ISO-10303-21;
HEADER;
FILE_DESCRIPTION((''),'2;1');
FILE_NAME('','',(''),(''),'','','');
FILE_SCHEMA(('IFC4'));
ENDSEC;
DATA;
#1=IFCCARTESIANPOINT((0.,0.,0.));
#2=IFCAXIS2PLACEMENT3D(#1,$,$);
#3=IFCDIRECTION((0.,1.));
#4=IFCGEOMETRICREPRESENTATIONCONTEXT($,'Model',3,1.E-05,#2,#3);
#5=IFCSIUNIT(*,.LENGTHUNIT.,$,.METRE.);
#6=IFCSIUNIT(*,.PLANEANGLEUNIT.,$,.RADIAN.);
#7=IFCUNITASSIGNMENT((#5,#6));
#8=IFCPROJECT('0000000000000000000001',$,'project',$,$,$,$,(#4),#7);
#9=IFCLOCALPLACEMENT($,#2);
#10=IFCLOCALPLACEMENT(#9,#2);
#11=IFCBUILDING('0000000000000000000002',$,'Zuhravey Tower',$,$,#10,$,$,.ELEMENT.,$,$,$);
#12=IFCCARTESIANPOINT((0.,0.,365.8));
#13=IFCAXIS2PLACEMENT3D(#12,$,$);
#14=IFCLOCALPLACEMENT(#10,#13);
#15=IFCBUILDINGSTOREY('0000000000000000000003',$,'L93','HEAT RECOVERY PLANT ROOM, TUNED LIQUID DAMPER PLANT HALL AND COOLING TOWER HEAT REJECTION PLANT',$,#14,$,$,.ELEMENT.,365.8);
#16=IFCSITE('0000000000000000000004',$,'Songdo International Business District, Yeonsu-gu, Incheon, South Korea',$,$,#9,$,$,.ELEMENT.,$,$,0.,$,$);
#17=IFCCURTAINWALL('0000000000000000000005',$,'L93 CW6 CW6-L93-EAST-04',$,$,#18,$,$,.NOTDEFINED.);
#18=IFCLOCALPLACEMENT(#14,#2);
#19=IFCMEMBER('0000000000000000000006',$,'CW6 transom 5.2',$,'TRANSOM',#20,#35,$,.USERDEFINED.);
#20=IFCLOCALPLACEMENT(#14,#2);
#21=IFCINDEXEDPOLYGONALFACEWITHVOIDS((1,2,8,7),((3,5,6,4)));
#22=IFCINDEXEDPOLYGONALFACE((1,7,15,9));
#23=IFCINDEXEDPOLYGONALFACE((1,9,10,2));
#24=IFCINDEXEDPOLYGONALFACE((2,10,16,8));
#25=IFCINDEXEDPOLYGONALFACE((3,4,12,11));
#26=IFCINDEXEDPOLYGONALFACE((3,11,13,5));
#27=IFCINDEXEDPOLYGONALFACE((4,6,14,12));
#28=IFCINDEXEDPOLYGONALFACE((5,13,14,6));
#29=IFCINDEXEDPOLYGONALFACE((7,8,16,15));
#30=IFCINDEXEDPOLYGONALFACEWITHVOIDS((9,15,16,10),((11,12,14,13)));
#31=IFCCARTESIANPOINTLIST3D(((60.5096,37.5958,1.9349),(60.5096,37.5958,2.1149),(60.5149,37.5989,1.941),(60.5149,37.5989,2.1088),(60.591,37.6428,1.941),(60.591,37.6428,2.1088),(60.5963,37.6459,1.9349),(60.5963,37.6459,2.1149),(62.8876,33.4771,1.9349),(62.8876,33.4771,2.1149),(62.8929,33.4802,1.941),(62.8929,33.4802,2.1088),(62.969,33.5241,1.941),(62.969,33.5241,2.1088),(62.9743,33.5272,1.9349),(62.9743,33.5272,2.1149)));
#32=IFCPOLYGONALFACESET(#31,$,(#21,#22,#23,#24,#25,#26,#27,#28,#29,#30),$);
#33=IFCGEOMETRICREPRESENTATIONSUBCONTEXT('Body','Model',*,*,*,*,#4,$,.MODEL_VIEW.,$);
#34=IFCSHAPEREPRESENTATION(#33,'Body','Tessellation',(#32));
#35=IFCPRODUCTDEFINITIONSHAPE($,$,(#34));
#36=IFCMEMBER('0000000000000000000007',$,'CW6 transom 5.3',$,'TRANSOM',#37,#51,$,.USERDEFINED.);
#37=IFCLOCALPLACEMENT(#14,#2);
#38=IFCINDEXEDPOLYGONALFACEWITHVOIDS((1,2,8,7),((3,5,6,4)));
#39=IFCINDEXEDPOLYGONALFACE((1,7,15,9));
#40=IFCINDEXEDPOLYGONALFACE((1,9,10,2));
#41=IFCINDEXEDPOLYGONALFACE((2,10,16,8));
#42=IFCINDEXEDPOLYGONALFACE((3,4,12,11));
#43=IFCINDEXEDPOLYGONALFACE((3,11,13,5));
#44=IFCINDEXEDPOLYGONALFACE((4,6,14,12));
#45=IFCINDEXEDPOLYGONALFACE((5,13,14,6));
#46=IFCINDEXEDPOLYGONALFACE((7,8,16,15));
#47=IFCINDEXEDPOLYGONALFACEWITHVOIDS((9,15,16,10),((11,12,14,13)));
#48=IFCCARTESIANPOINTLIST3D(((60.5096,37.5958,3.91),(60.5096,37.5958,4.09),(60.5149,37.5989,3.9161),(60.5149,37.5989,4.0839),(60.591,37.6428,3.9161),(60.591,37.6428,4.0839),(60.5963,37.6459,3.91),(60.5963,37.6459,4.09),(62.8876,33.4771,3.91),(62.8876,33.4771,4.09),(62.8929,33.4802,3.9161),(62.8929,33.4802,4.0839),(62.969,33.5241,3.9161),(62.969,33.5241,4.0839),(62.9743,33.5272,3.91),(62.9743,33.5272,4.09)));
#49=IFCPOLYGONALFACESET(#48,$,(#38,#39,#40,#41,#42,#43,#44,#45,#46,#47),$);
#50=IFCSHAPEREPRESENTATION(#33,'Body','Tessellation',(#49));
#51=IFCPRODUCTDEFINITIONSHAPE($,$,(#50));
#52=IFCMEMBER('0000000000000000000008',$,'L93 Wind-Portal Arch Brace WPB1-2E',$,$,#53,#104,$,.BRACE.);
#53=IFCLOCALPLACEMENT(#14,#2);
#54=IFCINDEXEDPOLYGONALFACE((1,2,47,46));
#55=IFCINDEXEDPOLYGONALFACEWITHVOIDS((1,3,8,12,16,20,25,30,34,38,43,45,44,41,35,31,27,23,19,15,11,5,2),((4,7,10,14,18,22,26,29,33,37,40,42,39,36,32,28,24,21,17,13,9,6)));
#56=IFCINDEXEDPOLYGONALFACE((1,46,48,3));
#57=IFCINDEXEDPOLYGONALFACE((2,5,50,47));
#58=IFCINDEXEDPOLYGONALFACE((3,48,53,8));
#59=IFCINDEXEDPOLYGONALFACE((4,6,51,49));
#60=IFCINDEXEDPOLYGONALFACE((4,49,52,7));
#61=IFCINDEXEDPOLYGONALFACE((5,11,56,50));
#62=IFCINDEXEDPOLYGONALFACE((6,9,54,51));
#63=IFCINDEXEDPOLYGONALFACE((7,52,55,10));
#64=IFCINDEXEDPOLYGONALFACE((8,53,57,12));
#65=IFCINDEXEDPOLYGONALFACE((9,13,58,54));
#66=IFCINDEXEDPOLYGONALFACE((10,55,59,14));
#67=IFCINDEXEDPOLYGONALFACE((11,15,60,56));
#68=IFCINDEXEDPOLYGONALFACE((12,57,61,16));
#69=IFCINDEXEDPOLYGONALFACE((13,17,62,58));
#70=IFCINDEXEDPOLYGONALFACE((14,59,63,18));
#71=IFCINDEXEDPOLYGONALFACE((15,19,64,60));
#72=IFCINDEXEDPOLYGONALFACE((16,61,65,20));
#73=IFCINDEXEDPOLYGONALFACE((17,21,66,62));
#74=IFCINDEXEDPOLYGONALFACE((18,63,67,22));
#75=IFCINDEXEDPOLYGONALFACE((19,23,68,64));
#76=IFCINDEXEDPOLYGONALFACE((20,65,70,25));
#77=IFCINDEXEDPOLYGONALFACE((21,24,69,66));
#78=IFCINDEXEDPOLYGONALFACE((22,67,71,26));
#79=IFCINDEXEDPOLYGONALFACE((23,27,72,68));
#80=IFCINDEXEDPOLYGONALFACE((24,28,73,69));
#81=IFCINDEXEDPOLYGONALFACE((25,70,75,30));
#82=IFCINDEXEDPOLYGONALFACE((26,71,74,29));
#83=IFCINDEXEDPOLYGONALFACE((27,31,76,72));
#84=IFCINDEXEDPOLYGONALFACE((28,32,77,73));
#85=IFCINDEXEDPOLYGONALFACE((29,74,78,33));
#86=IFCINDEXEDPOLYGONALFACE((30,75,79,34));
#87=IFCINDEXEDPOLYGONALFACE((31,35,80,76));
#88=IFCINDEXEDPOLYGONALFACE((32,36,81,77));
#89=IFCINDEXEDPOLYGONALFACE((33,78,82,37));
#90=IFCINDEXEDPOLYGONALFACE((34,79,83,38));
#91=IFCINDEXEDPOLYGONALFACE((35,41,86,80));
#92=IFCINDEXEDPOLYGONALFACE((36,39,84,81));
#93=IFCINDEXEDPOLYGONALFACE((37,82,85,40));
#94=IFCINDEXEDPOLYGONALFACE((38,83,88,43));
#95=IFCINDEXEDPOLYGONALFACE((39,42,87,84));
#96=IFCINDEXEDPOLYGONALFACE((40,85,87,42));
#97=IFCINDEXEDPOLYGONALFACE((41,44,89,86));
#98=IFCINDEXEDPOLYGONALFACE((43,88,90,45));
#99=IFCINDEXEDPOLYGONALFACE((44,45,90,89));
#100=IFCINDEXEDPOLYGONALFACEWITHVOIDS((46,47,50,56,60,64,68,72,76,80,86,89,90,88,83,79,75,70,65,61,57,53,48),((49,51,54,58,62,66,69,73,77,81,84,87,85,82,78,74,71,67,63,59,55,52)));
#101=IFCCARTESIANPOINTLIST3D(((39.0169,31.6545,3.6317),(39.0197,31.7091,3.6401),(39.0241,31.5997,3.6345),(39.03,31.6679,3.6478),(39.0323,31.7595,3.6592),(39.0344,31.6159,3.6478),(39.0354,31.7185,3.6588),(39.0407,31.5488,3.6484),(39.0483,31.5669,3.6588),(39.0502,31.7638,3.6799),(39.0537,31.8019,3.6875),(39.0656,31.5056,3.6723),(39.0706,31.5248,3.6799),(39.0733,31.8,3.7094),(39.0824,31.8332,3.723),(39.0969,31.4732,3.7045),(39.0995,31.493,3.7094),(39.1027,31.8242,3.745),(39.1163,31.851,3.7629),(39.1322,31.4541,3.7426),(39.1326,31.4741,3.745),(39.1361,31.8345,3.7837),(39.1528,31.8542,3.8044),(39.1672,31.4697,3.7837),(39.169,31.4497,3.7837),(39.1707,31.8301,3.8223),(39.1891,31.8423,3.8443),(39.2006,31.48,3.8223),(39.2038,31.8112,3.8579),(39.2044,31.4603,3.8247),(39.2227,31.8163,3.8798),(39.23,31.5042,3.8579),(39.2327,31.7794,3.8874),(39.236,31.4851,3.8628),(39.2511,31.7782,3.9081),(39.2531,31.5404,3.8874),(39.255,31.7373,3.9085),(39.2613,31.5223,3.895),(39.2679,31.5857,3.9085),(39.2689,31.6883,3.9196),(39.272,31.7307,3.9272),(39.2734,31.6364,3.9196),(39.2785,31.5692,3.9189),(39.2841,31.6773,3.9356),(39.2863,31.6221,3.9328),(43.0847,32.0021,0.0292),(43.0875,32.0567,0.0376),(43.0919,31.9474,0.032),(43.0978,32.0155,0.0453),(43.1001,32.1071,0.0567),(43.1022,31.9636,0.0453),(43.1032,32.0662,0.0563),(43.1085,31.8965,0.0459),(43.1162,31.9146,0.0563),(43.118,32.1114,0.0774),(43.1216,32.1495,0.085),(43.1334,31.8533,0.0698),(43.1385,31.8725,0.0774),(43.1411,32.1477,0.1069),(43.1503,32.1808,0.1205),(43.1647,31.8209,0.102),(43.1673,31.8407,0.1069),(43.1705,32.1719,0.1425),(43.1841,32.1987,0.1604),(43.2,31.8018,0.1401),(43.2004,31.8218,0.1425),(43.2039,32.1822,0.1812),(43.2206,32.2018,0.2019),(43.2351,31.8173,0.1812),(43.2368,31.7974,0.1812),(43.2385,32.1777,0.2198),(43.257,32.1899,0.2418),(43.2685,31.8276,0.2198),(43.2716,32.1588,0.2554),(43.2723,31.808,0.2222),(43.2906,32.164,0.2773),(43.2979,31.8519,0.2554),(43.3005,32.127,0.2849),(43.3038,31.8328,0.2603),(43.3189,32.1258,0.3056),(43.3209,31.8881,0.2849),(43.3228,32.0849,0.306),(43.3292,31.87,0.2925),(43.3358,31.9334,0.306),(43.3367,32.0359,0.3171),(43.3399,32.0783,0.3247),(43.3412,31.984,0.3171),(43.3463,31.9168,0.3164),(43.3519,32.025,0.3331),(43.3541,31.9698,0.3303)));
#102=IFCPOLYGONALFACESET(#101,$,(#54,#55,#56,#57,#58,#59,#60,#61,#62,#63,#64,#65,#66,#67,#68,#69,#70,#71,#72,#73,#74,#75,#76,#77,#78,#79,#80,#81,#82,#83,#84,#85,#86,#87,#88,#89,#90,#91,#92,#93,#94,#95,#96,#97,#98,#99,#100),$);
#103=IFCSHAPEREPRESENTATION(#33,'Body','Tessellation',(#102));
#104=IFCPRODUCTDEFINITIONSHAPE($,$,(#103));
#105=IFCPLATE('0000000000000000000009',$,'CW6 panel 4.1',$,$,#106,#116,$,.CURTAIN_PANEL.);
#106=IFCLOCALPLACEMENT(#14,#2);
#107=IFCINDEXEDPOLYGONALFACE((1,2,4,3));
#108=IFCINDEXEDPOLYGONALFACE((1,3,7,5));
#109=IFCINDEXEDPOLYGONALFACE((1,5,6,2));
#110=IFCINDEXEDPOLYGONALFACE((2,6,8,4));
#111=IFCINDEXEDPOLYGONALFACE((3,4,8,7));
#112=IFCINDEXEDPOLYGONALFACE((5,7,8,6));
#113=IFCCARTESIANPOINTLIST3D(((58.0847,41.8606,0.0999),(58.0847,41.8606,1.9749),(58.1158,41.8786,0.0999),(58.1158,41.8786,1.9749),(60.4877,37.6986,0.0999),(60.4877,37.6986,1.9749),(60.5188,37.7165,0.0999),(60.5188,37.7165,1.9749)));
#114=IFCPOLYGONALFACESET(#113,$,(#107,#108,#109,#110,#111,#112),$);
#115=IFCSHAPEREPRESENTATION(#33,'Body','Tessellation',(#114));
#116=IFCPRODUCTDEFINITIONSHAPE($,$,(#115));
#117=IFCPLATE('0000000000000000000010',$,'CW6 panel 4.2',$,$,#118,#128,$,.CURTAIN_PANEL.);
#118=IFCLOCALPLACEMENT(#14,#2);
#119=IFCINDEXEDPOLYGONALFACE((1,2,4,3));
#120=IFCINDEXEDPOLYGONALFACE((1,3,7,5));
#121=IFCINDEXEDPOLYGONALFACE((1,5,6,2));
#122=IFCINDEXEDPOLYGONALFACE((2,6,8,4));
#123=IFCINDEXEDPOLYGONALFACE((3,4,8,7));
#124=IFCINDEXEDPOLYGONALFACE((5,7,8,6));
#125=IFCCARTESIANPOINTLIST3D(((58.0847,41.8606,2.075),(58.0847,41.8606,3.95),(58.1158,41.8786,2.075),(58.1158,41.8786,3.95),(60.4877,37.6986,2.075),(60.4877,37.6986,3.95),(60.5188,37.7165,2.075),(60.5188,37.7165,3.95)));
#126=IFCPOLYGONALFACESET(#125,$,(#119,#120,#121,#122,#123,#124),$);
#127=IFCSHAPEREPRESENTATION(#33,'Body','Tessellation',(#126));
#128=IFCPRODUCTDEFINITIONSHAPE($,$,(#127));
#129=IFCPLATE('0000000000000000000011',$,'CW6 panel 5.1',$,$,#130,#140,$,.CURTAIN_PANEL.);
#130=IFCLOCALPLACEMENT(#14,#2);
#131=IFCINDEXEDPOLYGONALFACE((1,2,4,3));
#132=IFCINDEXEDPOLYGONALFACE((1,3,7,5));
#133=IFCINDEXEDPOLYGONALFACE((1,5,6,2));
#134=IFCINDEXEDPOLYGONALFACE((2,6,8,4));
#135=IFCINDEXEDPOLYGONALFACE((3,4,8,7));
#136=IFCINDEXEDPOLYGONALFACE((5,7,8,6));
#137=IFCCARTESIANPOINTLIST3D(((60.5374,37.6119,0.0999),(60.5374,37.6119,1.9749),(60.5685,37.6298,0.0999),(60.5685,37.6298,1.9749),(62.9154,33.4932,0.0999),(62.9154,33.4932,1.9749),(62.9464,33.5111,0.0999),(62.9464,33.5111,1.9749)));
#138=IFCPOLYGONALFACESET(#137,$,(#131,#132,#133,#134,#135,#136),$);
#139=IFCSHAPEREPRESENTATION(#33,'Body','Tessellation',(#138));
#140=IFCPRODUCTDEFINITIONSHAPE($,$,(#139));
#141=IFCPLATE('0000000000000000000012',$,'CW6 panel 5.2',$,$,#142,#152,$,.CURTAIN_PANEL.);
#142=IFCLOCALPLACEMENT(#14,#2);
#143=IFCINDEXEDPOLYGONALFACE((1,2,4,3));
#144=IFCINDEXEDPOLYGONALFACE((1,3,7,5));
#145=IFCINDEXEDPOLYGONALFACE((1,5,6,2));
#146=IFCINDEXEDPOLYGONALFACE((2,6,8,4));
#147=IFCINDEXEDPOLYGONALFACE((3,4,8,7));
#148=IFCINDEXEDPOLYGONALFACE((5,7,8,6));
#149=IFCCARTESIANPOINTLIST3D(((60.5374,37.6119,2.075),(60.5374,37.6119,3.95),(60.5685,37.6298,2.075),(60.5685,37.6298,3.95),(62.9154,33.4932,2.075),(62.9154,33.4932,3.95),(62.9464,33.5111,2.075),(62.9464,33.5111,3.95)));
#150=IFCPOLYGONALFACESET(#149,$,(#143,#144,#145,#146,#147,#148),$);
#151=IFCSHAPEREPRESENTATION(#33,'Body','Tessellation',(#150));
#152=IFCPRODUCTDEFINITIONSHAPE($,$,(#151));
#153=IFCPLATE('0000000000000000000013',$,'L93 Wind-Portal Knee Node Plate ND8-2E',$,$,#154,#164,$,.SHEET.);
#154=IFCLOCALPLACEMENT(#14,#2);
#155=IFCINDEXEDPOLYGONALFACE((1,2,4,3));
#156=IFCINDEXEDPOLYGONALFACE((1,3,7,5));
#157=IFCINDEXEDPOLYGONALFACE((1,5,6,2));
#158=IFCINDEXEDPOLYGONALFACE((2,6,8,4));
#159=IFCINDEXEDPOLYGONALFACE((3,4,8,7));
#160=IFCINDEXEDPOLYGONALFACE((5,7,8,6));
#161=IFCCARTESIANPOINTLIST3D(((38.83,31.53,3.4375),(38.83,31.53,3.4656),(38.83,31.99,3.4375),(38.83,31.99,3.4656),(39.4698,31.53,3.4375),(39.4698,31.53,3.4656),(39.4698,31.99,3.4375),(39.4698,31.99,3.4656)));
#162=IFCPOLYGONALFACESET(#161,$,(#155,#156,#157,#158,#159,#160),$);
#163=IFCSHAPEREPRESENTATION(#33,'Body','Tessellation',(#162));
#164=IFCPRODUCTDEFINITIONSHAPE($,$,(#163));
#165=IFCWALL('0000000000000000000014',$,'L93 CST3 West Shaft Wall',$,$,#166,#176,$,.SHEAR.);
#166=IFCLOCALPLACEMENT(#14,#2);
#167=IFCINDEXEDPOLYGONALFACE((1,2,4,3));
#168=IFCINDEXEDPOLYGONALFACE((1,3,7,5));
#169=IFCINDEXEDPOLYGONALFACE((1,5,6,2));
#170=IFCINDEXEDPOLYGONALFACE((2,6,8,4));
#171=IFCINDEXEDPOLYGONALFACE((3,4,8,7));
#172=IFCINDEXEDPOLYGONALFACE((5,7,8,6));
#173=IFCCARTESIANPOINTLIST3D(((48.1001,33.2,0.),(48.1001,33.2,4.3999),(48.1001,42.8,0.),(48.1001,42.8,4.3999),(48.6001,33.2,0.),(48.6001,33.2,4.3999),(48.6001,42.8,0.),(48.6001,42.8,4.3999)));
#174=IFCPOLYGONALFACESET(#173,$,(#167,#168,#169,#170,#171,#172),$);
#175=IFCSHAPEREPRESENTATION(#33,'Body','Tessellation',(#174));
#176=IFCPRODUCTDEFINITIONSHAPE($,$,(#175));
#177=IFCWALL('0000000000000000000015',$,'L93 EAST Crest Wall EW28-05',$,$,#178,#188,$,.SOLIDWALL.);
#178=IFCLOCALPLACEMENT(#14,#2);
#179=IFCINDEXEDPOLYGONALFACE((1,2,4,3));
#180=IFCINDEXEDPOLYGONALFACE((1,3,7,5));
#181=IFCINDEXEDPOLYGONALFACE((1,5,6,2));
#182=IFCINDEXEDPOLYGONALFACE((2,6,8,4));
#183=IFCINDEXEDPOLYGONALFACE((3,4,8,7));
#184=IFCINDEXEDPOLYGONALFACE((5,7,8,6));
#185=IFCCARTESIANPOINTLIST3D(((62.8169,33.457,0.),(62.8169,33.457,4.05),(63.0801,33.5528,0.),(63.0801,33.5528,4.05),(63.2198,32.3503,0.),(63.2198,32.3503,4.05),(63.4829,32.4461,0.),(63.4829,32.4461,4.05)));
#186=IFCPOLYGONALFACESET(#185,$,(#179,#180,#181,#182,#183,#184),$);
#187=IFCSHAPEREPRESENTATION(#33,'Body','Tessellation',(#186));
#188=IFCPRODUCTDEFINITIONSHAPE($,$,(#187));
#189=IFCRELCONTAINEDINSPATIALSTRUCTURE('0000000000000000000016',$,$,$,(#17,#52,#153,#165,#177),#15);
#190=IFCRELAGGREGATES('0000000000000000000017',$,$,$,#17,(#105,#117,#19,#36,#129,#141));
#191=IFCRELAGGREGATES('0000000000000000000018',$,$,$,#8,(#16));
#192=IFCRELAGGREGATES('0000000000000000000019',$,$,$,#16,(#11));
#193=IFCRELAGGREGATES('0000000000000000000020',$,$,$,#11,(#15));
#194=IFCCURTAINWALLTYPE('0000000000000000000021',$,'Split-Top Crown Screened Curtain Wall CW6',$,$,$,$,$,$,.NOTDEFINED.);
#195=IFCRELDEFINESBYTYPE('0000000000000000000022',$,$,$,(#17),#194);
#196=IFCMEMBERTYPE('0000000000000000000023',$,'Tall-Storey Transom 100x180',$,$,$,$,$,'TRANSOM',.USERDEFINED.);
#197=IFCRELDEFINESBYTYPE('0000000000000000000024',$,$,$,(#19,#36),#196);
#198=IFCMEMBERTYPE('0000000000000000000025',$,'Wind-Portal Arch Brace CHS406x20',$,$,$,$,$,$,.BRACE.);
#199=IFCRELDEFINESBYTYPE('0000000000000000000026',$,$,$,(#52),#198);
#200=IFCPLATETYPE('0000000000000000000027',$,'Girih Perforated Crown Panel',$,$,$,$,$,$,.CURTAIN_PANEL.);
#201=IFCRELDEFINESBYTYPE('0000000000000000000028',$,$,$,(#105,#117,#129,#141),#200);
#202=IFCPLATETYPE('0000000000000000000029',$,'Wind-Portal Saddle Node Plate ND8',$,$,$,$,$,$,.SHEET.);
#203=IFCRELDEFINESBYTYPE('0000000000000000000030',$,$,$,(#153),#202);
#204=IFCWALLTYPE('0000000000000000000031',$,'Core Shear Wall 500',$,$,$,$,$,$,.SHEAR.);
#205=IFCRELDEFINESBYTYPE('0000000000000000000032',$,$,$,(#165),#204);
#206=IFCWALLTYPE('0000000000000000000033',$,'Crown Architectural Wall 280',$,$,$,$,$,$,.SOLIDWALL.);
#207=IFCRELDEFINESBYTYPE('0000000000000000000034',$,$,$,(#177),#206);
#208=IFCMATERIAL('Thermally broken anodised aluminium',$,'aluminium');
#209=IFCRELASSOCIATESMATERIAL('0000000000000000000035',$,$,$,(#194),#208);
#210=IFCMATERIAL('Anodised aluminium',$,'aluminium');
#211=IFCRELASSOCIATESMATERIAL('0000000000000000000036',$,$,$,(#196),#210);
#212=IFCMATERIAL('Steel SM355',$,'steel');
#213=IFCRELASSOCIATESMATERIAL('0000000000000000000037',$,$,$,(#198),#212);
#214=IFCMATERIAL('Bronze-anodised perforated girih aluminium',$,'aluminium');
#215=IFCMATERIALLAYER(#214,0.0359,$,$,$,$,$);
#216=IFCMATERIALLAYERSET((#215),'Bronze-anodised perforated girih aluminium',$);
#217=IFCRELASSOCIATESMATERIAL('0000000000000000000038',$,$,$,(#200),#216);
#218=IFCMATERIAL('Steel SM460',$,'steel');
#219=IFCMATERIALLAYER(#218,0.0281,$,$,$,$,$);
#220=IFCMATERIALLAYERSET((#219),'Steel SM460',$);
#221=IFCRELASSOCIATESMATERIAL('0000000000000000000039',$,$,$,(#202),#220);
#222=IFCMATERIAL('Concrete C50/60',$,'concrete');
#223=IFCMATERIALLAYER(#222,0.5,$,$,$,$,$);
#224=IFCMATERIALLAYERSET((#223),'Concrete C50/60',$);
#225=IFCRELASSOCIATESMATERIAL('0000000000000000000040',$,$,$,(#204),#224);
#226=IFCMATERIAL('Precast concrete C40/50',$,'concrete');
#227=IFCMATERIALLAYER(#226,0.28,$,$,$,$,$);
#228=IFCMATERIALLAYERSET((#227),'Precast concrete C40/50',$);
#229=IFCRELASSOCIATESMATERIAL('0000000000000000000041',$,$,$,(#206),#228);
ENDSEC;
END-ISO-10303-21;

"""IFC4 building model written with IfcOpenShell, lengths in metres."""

from ifc_helpers import new_model, si_unit, direction, frame, frame_2d, origin, origin_2d, place, context, subcontext, project, spatial, rectangle, hollow_rectangle, hollow_circle, extrude, material, layer, layer_set, material_profile, profile_set, type_object, element, aggregate, save


model = new_model("IFC4")

# Units and contexts
model_context = context("Model", 3, precision=1e-05, world=origin(), true_north=direction((0.0, 1.0)))
body_context = subcontext(model_context, "Body", "Model", "MODEL_VIEW")
ifc_project = project(units=[si_unit("LENGTHUNIT", "METRE"), si_unit("PLANEANGLEUNIT", "RADIAN")], contexts=[model_context])

# Site, building, storey
site_placement = place(None, origin())
site = spatial("IfcSite", under=ifc_project, at=site_placement, Name="Songdo International Business District, Yeonsu-gu, Incheon, South Korea", CompositionType="ELEMENT", RefElevation=0.0)
building_placement = place(site_placement, origin())
building = spatial("IfcBuilding", under=site, at=building_placement, Name="Zuhravey Tower", CompositionType="ELEMENT")
storey_placement = place(building_placement, frame((0.0, 0.0, 365.8)))
storey = spatial("IfcBuildingStorey", under=building, at=storey_placement, Name="L93", Description="HEAT RECOVERY PLANT ROOM, TUNED LIQUID DAMPER PLANT HALL AND COOLING TOWER HEAT REJECTION PLANT", CompositionType="ELEMENT", Elevation=365.8)

# Shared definitions
ifc_material_1 = material(Name="Steel SM355", Category="steel")

# Curtain wall
ifc_material_2 = material(Name="Thermally broken anodised aluminium", Category="aluminium")
curtain_wall_type = type_object("IfcCurtainWallType", Name="Split-Top Crown Screened Curtain Wall CW6", PredefinedType="NOTDEFINED", material=ifc_material_2)
curtain_wall_1_placement = place(storey_placement, origin())
curtain_wall_1 = element("IfcCurtainWall", 1, at=curtain_wall_1_placement, inside=storey, type_object=curtain_wall_type, Name="L93 CW6 CW6-L93-EAST-04", PredefinedType="NOTDEFINED")
ifc_material_3 = material(Name="Anodised aluminium", Category="aluminium")

# Members
ifc_material_profile_1 = material_profile(ifc_material_3, hollow_rectangle(XDim=0.1001, YDim=0.1799, WallThickness=0.0061, at=origin_2d()), Name="ALU-RHS-100x180x6")
ifc_profile_set_1 = profile_set([ifc_material_profile_1], Name="Anodised aluminium")
member_type_1 = type_object("IfcMemberType", Name="Tall-Storey Transom 100x180", ElementType="TRANSOM", PredefinedType="USERDEFINED", material=ifc_profile_set_1)
member_1_placement = place(storey_placement, frame((60.553, 37.6208, 2.0249), z_axis=(0.500004, -0.866023, 0.0), x_axis=(0.866023, 0.500004, 0.0)))
member_1 = element("IfcMember", 2, at=member_1_placement, type_object=member_type_1, Name="CW6 transom 5.2", ObjectType="TRANSOM", PredefinedType="USERDEFINED", context=body_context, shape_type="SweptSolid", body=[
    extrude(hollow_rectangle(XDim=0.1001, YDim=0.1799, WallThickness=0.0061, at=origin_2d()), origin(), (0.0, 0.0, 1.0), 4.7559),
])
member_2_placement = place(storey_placement, frame((60.553, 37.6208, 4.0), z_axis=(0.500004, -0.866023, 0.0), x_axis=(0.866023, 0.500004, 0.0)))
member_2 = element("IfcMember", 3, at=member_2_placement, type_object=member_type_1, Name="CW6 transom 5.3", ObjectType="TRANSOM", PredefinedType="USERDEFINED", context=body_context, shape_type="SweptSolid", body=[
    extrude(hollow_rectangle(XDim=0.1001, YDim=0.1799, WallThickness=0.0061, at=origin_2d()), origin(), (0.0, 0.0, 1.0), 4.7559),
])
ifc_material_profile_2 = material_profile(ifc_material_1, hollow_circle(Radius=0.2031, WallThickness=0.02, at=origin_2d()), Name="CHS-406.4x20")
ifc_profile_set_2 = profile_set([ifc_material_profile_2], Name="Steel SM355")
member_type_2 = type_object("IfcMemberType", Name="Wind-Portal Arch Brace CHS406x20", PredefinedType="BRACE", material=ifc_profile_set_2)
member_3_placement = place(storey_placement, frame((43.2195, 31.9998, 0.1812), z_axis=(-0.7471, -0.06385, 0.661638), x_axis=(0.085154, -0.996368, 0.0)))
element("IfcMember", 4, at=member_3_placement, inside=storey, type_object=member_type_2, Name="L93 Wind-Portal Arch Brace WPB1-2E", PredefinedType="BRACE", context=body_context, shape_type="SweptSolid", body=[
    extrude(hollow_circle(Radius=0.2031, WallThickness=0.02, at=origin_2d()), origin(), (0.0, 0.0, 1.0), 5.4448),
])

# Plates
ifc_material_4 = material(Name="Bronze-anodised perforated girih aluminium", Category="aluminium")
ifc_layer_1 = layer(ifc_material_4, 0.0359)
ifc_layer_set_1 = layer_set([ifc_layer_1], Name="Bronze-anodised perforated girih aluminium")
plate_type_1 = type_object("IfcPlateType", Name="Girih Perforated Crown Panel", PredefinedType="CURTAIN_PANEL", material=ifc_layer_set_1)
plate_1_placement = place(storey_placement, frame((59.3018, 39.7886, 0.0999), z_axis=(0.0, 0.0, 1.0), x_axis=(0.499997, -0.866027, 0.0)))
plate_1 = element("IfcPlate", 5, at=plate_1_placement, type_object=plate_type_1, Name="CW6 panel 4.1", PredefinedType="CURTAIN_PANEL", context=body_context, shape_type="SweptSolid", body=[
    extrude(rectangle(XDim=4.8059, YDim=0.0359, at=origin_2d()), origin(), (0.0, 0.0, 1.0), 1.875),
])
plate_2_placement = place(storey_placement, frame((59.3018, 39.7886, 2.075), z_axis=(0.0, 0.0, 1.0), x_axis=(0.499997, -0.866027, 0.0)))
plate_2 = element("IfcPlate", 6, at=plate_2_placement, type_object=plate_type_1, Name="CW6 panel 4.2", PredefinedType="CURTAIN_PANEL", context=body_context, shape_type="SweptSolid", body=[
    extrude(rectangle(XDim=4.8059, YDim=0.0359, at=origin_2d()), origin(), (0.0, 0.0, 1.0), 1.875),
])
plate_3_placement = place(storey_placement, frame((61.7419, 35.5615, 0.0999), z_axis=(0.0, 0.0, 1.0), x_axis=(0.499997, -0.866027, 0.0)))
plate_3 = element("IfcPlate", 7, at=plate_3_placement, type_object=plate_type_1, Name="CW6 panel 5.1", PredefinedType="CURTAIN_PANEL", context=body_context, shape_type="SweptSolid", body=[
    extrude(rectangle(XDim=4.7559, YDim=0.0359, at=origin_2d()), origin(), (0.0, 0.0, 1.0), 1.875),
])
plate_4_placement = place(storey_placement, frame((61.7419, 35.5615, 2.075), z_axis=(0.0, 0.0, 1.0), x_axis=(0.499997, -0.866027, 0.0)))
plate_4 = element("IfcPlate", 8, at=plate_4_placement, type_object=plate_type_1, Name="CW6 panel 5.2", PredefinedType="CURTAIN_PANEL", context=body_context, shape_type="SweptSolid", body=[
    extrude(rectangle(XDim=4.7559, YDim=0.0359, at=origin_2d()), origin(), (0.0, 0.0, 1.0), 1.875),
])
aggregate(curtain_wall_1, [plate_1, plate_2, member_1, member_2, plate_3, plate_4])
ifc_material_5 = material(Name="Steel SM460", Category="steel")
ifc_layer_2 = layer(ifc_material_5, 0.0281)
ifc_layer_set_2 = layer_set([ifc_layer_2], Name="Steel SM460")
plate_type_2 = type_object("IfcPlateType", Name="Wind-Portal Saddle Node Plate ND8", PredefinedType="SHEET", material=ifc_layer_set_2)
plate_5_placement = place(storey_placement, frame((39.1499, 31.76, 3.4375), z_axis=(0.0, 0.0, 1.0), x_axis=(1.0, 0.0, 0.0)))
element("IfcPlate", 9, at=plate_5_placement, inside=storey, type_object=plate_type_2, Name="L93 Wind-Portal Knee Node Plate ND8-2E", PredefinedType="SHEET", context=body_context, shape_type="SweptSolid", body=[
    extrude(rectangle(XDim=0.6399, YDim=0.46, at=origin_2d()), origin(), (0.0, 0.0, 1.0), 0.0281),
])

# Shared definitions
ifc_material_6 = material(Name="Concrete C50/60", Category="concrete")
ifc_layer_3 = layer(ifc_material_6, 0.5)
ifc_layer_set_3 = layer_set([ifc_layer_3], Name="Concrete C50/60")
wall_type_1 = type_object("IfcWallType", Name="Core Shear Wall 500", PredefinedType="SHEAR", material=ifc_layer_set_3)

# Walls
wall_1_placement = place(storey_placement, frame((48.3501, 33.2, 0.0), z_axis=(0.0, 0.0, 1.0), x_axis=(0.0, 1.0, 0.0)))
element("IfcWall", 10, at=wall_1_placement, inside=storey, type_object=wall_type_1, Name="L93 CST3 West Shaft Wall", PredefinedType="SHEAR", context=body_context, shape_type="SweptSolid", body=[
    extrude(rectangle(XDim=9.6001, YDim=0.5, at=frame_2d((4.8, 0.0))), origin(), (0.0, 0.0, 1.0), 4.3999),
])
ifc_material_7 = material(Name="Precast concrete C40/50", Category="concrete")
ifc_layer_4 = layer(ifc_material_7, 0.28)
ifc_layer_set_4 = layer_set([ifc_layer_4], Name="Precast concrete C40/50")
wall_type_2 = type_object("IfcWallType", Name="Crown Architectural Wall 280", PredefinedType="SOLIDWALL", material=ifc_layer_set_4)
wall_2_placement = place(storey_placement, frame((62.9485, 33.5049, 0.0), z_axis=(0.0, 0.0, 1.0), x_axis=(0.342043, -0.939684, 0.0)))
element("IfcWall", 11, at=wall_2_placement, inside=storey, type_object=wall_type_2, Name="L93 EAST Crest Wall EW28-05", PredefinedType="SOLIDWALL", context=body_context, shape_type="SweptSolid", body=[
    extrude(rectangle(XDim=1.1777, YDim=0.28, at=frame_2d((0.5889, 0.0))), origin(), (0.0, 0.0, 1.0), 4.05),
])

save(model, "model.ifc")
